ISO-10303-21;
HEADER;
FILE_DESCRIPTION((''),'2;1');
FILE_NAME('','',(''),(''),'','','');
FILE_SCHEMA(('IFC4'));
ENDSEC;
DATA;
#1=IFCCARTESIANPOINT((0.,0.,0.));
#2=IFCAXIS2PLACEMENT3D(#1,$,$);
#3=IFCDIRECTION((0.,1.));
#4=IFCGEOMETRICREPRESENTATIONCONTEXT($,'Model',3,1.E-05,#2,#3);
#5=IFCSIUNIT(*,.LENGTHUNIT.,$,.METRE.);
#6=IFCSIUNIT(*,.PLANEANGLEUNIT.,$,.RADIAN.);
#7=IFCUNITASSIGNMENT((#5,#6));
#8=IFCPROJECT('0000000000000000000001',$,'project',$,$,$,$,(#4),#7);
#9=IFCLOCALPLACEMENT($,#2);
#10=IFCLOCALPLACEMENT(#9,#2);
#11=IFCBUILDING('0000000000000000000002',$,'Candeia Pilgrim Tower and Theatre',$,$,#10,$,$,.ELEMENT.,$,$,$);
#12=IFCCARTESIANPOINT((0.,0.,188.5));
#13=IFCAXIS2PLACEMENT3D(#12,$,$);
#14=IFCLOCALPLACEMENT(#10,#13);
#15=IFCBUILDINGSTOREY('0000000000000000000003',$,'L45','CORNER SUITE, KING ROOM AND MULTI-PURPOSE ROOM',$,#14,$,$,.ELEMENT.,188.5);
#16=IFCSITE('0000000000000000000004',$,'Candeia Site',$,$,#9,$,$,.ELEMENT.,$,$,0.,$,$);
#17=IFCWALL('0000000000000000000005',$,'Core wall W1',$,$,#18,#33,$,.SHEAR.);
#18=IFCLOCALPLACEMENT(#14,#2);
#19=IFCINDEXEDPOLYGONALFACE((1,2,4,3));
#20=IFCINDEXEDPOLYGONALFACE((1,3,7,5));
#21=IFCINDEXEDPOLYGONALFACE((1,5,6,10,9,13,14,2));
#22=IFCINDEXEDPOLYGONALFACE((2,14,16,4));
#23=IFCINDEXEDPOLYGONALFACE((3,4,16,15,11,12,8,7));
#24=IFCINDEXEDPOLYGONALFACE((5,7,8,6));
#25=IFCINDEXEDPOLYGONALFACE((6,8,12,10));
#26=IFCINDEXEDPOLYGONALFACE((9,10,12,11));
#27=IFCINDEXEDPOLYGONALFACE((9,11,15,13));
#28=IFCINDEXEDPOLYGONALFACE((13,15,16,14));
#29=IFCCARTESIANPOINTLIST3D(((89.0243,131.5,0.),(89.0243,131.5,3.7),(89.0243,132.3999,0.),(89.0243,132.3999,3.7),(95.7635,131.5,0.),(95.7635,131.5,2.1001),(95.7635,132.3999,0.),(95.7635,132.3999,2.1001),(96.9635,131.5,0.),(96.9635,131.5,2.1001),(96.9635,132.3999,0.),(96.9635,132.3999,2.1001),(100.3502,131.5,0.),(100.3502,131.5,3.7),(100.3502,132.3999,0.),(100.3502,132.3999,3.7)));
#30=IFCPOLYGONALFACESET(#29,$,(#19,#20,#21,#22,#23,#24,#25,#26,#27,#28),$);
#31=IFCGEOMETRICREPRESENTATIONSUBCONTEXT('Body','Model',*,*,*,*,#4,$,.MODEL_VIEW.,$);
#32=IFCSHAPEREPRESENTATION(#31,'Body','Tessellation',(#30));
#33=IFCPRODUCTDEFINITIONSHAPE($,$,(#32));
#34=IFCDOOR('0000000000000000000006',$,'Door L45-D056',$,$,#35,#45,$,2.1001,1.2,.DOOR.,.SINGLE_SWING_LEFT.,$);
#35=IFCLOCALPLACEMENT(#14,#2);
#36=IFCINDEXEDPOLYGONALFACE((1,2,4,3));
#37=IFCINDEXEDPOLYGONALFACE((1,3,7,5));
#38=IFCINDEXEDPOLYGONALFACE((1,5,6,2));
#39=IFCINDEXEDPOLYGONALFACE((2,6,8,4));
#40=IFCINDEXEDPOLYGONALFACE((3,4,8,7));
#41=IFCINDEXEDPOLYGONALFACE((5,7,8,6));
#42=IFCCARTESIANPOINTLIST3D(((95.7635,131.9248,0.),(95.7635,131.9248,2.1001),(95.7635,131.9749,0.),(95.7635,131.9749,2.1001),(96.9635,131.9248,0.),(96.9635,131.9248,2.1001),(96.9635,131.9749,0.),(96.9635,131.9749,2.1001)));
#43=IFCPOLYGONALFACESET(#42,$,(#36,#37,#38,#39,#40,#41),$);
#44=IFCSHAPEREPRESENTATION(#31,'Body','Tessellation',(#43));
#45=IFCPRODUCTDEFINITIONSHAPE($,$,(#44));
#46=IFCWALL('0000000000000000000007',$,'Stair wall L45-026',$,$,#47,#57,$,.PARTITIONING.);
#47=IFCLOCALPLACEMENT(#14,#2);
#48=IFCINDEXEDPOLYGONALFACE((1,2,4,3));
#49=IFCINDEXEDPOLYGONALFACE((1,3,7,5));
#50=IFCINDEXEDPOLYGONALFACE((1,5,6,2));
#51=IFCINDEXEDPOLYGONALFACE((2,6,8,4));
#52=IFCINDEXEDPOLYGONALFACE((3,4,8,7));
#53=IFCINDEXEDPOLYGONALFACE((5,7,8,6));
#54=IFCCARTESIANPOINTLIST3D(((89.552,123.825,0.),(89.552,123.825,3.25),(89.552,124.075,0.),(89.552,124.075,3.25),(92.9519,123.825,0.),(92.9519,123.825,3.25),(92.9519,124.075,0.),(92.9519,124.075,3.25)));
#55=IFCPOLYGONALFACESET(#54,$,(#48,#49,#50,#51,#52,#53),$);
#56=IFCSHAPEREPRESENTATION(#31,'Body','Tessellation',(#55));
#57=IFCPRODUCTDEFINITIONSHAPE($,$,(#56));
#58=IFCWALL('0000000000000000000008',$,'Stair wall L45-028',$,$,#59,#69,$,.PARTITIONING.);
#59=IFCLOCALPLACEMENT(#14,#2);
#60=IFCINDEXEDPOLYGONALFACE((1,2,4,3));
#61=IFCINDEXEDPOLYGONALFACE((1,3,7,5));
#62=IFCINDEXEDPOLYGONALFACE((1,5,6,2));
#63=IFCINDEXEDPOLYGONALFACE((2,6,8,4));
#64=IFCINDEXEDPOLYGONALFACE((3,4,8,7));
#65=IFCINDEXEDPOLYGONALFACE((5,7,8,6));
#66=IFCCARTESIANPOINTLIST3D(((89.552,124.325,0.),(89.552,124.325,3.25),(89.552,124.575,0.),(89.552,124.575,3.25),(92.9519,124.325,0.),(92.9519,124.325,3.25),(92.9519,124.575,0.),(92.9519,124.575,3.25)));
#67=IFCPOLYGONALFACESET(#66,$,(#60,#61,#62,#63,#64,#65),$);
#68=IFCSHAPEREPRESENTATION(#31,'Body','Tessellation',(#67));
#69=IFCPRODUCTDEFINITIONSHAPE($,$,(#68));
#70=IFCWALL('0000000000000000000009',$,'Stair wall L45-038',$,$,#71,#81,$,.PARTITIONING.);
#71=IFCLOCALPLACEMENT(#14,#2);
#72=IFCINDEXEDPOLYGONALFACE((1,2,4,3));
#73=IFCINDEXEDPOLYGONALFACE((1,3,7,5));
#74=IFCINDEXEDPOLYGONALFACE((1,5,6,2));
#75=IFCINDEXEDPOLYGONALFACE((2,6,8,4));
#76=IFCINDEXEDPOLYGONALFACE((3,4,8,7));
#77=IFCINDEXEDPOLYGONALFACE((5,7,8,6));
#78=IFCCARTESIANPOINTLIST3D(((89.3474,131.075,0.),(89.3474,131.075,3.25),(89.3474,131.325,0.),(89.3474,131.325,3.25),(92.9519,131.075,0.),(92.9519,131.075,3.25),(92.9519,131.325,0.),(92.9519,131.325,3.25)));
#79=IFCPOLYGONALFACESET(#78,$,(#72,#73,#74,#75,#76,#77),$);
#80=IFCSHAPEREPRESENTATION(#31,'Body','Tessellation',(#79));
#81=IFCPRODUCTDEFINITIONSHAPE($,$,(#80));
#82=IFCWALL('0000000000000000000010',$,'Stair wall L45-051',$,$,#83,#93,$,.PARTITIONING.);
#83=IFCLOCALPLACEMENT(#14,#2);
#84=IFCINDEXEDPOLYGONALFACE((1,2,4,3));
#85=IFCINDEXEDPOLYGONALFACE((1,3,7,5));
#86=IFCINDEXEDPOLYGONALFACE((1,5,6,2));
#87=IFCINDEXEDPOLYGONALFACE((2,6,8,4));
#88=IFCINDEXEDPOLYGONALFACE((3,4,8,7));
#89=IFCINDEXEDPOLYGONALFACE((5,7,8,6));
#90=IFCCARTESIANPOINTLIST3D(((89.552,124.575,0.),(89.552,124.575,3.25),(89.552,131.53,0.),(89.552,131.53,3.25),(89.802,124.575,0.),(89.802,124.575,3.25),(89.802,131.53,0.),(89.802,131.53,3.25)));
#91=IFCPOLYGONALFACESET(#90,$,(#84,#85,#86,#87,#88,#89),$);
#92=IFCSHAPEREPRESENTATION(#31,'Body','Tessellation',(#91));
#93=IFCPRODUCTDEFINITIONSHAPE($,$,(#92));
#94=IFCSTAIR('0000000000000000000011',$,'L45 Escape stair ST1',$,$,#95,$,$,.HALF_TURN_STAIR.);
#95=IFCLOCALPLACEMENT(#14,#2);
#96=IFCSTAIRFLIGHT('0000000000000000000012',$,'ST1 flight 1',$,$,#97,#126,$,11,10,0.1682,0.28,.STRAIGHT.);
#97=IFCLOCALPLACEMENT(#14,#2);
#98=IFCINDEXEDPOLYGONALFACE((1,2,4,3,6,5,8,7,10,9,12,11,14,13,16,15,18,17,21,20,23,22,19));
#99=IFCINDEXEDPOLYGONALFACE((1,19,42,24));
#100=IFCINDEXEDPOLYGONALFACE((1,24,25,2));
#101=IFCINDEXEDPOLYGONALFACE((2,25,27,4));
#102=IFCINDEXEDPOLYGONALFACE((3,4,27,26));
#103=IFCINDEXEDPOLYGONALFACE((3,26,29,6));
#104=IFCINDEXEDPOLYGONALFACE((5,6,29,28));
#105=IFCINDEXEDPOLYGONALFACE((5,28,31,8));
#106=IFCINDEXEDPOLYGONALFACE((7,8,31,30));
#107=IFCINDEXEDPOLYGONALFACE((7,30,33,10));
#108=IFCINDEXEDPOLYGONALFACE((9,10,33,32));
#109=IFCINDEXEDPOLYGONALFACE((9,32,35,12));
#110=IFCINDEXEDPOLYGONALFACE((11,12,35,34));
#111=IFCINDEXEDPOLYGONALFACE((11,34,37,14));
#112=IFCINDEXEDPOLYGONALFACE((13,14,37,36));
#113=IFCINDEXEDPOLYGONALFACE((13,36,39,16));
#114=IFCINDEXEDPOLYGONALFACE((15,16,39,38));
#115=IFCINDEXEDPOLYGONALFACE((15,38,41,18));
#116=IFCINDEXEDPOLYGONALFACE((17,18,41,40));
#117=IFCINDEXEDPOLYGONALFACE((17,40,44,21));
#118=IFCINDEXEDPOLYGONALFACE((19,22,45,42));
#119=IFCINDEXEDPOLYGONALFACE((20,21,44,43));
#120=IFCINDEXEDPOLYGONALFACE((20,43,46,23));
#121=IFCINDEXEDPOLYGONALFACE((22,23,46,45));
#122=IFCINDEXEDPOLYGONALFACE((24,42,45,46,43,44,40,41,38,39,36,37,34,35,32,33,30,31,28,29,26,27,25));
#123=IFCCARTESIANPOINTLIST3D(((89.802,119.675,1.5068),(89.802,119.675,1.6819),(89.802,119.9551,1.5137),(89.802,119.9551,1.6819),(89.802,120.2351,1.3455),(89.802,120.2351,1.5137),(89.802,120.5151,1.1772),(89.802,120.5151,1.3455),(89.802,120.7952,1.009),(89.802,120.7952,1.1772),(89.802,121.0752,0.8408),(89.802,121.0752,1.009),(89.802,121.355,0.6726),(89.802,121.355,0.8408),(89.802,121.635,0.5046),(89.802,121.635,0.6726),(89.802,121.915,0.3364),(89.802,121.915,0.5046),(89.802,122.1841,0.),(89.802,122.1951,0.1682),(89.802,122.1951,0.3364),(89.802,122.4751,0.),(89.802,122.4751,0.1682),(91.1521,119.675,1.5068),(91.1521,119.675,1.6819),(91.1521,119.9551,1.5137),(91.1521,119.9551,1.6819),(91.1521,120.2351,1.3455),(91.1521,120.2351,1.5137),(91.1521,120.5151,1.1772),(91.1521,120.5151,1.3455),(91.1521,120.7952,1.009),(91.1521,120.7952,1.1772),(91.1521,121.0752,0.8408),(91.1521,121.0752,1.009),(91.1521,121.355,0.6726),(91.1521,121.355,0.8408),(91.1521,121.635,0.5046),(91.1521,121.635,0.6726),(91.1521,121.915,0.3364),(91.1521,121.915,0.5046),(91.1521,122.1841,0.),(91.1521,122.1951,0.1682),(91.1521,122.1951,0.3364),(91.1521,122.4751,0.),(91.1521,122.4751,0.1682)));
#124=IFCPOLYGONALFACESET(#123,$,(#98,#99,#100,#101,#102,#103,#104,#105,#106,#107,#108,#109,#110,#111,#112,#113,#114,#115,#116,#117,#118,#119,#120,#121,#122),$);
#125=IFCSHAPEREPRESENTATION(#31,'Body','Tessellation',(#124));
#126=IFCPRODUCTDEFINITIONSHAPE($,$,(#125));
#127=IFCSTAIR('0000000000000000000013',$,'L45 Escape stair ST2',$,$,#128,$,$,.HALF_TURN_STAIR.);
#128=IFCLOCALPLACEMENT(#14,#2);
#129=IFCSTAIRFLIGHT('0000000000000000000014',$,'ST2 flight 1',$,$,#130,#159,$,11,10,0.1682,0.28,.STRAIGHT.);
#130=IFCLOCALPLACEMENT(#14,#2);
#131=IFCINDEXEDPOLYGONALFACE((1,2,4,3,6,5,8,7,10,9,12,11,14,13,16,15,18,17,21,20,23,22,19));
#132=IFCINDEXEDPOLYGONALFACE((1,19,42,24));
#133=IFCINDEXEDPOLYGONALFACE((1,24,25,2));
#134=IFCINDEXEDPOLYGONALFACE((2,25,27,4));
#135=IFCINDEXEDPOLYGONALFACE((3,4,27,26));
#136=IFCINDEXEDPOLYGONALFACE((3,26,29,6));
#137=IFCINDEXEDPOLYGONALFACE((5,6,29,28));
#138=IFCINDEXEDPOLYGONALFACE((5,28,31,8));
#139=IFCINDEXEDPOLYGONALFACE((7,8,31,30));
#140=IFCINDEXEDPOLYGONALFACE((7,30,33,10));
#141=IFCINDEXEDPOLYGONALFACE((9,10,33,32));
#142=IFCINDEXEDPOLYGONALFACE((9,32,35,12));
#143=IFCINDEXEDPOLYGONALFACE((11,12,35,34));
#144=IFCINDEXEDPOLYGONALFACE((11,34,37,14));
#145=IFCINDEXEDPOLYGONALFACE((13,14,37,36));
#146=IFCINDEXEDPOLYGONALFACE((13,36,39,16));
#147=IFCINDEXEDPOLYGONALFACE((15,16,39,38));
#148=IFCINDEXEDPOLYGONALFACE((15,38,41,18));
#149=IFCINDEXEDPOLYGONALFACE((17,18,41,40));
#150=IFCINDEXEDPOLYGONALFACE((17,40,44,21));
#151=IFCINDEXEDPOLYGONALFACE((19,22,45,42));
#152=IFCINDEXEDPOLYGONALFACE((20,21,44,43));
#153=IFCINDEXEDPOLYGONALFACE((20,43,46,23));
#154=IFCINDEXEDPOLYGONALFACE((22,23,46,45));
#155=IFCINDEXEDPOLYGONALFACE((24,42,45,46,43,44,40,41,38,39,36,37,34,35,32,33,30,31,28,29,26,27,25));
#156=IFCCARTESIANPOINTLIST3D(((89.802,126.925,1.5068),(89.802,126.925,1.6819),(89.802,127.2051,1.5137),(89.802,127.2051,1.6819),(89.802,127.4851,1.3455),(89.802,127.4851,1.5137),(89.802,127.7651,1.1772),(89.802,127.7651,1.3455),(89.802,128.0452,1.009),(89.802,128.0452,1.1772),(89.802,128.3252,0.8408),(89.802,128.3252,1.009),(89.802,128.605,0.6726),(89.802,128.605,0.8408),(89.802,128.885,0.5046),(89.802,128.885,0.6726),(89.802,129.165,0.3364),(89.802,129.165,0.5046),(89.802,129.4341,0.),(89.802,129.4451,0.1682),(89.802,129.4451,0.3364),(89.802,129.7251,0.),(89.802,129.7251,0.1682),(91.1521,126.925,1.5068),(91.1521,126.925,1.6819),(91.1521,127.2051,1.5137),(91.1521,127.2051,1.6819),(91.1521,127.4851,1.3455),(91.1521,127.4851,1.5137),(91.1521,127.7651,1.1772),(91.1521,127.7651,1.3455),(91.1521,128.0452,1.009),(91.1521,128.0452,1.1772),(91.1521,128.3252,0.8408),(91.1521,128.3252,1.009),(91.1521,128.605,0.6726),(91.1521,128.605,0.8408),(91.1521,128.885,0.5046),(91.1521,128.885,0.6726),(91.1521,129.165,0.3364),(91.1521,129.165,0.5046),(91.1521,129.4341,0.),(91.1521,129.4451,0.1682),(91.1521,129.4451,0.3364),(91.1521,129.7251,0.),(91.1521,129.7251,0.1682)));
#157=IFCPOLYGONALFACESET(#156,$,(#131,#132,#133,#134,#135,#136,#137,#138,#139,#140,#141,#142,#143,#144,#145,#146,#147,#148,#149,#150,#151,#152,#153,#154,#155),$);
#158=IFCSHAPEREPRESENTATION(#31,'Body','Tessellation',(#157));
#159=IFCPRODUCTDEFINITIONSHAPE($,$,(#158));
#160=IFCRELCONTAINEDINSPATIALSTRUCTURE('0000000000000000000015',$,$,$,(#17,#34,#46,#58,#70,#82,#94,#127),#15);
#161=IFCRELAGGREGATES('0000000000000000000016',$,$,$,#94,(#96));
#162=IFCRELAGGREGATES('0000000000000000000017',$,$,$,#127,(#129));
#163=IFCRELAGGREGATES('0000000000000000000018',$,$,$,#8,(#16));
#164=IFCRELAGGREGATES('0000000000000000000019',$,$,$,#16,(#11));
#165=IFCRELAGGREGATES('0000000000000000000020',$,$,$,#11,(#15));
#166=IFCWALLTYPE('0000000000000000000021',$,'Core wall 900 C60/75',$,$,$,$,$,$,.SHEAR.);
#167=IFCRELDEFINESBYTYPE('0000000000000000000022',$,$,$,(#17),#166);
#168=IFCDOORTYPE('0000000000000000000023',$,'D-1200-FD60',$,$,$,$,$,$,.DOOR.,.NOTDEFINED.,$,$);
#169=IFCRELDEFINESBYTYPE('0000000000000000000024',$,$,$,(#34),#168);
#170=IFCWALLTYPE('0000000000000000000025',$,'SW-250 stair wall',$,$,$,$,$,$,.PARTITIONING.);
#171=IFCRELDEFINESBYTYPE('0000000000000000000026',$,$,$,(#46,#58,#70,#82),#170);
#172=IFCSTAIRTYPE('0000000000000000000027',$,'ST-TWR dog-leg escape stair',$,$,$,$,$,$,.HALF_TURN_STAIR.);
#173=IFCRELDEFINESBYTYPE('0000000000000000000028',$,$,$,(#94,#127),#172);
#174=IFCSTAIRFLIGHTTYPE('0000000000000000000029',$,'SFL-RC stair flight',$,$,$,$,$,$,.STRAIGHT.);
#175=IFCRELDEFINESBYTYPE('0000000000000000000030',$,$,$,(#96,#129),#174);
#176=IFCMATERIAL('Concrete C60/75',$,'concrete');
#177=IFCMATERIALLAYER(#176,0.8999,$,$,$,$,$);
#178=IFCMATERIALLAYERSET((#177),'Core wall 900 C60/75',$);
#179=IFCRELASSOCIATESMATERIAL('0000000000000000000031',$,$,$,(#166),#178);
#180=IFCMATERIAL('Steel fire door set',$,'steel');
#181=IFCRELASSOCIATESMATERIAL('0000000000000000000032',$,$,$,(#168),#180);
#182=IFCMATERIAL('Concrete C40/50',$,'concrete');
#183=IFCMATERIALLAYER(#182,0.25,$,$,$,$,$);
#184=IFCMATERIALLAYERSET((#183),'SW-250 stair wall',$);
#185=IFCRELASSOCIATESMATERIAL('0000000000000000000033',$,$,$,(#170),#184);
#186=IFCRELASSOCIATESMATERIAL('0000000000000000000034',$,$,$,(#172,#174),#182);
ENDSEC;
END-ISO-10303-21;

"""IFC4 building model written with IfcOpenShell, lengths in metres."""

from ifc_helpers import new_model, si_unit, direction, frame, frame_2d, origin, place, context, subcontext, project, spatial, polyline, rectangle, outline, extrude, material, layer, layer_set, type_object, element, fill, aggregate, save


model = new_model("IFC4")

# Units and contexts
model_context = context("Model", 3, precision=1e-05, world=origin(), true_north=direction((0.0, 1.0)))
body_context = subcontext(model_context, "Body", "Model", "MODEL_VIEW")
ifc_project = project(units=[si_unit("LENGTHUNIT", "METRE"), si_unit("PLANEANGLEUNIT", "RADIAN")], contexts=[model_context])

# Site, building, storey
site_placement = place(None, origin())
site = spatial("IfcSite", under=ifc_project, at=site_placement, Name="Candeia Site", CompositionType="ELEMENT", RefElevation=0.0)
building_placement = place(site_placement, origin())
building = spatial("IfcBuilding", under=site, at=building_placement, Name="Candeia Pilgrim Tower and Theatre", CompositionType="ELEMENT")
storey_placement = place(building_placement, frame((0.0, 0.0, 188.5)))
storey = spatial("IfcBuildingStorey", under=building, at=storey_placement, Name="L45", Description="CORNER SUITE, KING ROOM AND MULTI-PURPOSE ROOM", CompositionType="ELEMENT", Elevation=188.5)

# Wall, opening, door
ifc_material_1 = material(Name="Concrete C60/75", Category="concrete")
ifc_layer_1 = layer(ifc_material_1, 0.8999)
ifc_layer_set_1 = layer_set([ifc_layer_1], Name="Core wall 900 C60/75")
wall_type_1 = type_object("IfcWallType", Name="Core wall 900 C60/75", PredefinedType="SHEAR", material=ifc_layer_set_1)
wall_1_placement = place(storey_placement, frame((89.0242, 131.95, 0.0), z_axis=(0.0, 0.0, 1.0), x_axis=(1.0, 0.0, 0.0)))
wall_1 = element("IfcWall", 1, at=wall_1_placement, inside=storey, type_object=wall_type_1, Name="Core wall W1", PredefinedType="SHEAR", context=body_context, shape_type="SweptSolid", body=[
    extrude(rectangle(XDim=11.3259, YDim=0.8999, at=frame_2d((5.6631, 0.0))), origin(), (0.0, 0.0, 1.0), 3.7),
])
opening_placement = place(wall_1_placement, frame((6.7393, 0.0, 0.0)))
opening = element("IfcOpeningElement", 2, at=opening_placement, cuts=wall_1, PredefinedType="OPENING", context=body_context, shape_type="SweptSolid", body=[
    extrude(rectangle(XDim=1.2, YDim=2.1001, at=frame_2d((0.6001, 1.05))), frame((0.0, 0.46, 0.0), z_axis=(0.0, -1.0, 0.0), x_axis=(1.0, 0.0, 0.0)), (0.0, 0.0, 1.0), 0.9199),
])
ifc_material_2 = material(Name="Steel fire door set", Category="steel")
door_type = type_object("IfcDoorType", Name="D-1200-FD60", OperationType="NOTDEFINED", PredefinedType="DOOR", material=ifc_material_2)
door_placement = place(opening_placement, origin())
door = element("IfcDoor", 3, at=door_placement, inside=storey, type_object=door_type, Name="Door L45-D056", OperationType="SINGLE_SWING_LEFT", OverallHeight=2.1001, OverallWidth=1.2, PredefinedType="DOOR", context=body_context, shape_type="SweptSolid", body=[
    extrude(rectangle(XDim=1.2, YDim=2.1001, at=frame_2d((0.6001, 1.05))), frame((0.0, 0.0249, 0.0), z_axis=(0.0, -1.0, 0.0), x_axis=(1.0, 0.0, 0.0)), (0.0, 0.0, 1.0), 0.05),
])
fill(opening, door)

# Walls
ifc_material_3 = material(Name="Concrete C40/50", Category="concrete")
ifc_layer_2 = layer(ifc_material_3, 0.25)
ifc_layer_set_2 = layer_set([ifc_layer_2], Name="SW-250 stair wall")
wall_type_2 = type_object("IfcWallType", Name="SW-250 stair wall", PredefinedType="PARTITIONING", material=ifc_layer_set_2)
for number, where, z_axis, x_axis, name in (
    (4, (89.552, 123.95, 0.0), (0.0, 0.0, 1.0), (1.0, 0.0, 0.0), "Stair wall L45-026"),
    (5, (89.552, 124.45, 0.0), (0.0, 0.0, 1.0), (1.0, 0.0, 0.0), "Stair wall L45-028"),
):
    element("IfcWall", number, at=place(storey_placement, frame(where, z_axis=z_axis, x_axis=x_axis)), inside=storey, type_object=wall_type_2, Name=name, PredefinedType="PARTITIONING", context=body_context, shape_type="SweptSolid", body=[
        extrude(rectangle(XDim=3.3999, YDim=0.25, at=frame_2d((1.7, 0.0))), origin(), (0.0, 0.0, 1.0), 3.25),
    ])
wall_2_placement = place(storey_placement, frame((89.3474, 131.2, 0.0), z_axis=(0.0, 0.0, 1.0), x_axis=(1.0, 0.0, 0.0)))
element("IfcWall", 6, at=wall_2_placement, inside=storey, type_object=wall_type_2, Name="Stair wall L45-038", PredefinedType="PARTITIONING", context=body_context, shape_type="SweptSolid", body=[
    extrude(rectangle(XDim=3.6045, YDim=0.25, at=frame_2d((1.8022, 0.0))), origin(), (0.0, 0.0, 1.0), 3.25),
])
wall_3_placement = place(storey_placement, frame((89.677, 124.575, 0.0), z_axis=(0.0, 0.0, 1.0), x_axis=(0.0, 1.0, 0.0)))
element("IfcWall", 7, at=wall_3_placement, inside=storey, type_object=wall_type_2, Name="Stair wall L45-051", PredefinedType="PARTITIONING", context=body_context, shape_type="SweptSolid", body=[
    extrude(rectangle(XDim=6.9551, YDim=0.25, at=frame_2d((3.4775, 0.0))), origin(), (0.0, 0.0, 1.0), 3.25),
])

# Stair, stair flight
stair_type = type_object("IfcStairType", Name="ST-TWR dog-leg escape stair", PredefinedType="HALF_TURN_STAIR", material=ifc_material_3)
stair_1_placement = place(storey_placement, origin())
stair_1 = element("IfcStair", 8, at=stair_1_placement, inside=storey, type_object=stair_type, Name="L45 Escape stair ST1", PredefinedType="HALF_TURN_STAIR")
stair_flight_type = type_object("IfcStairFlightType", Name="SFL-RC stair flight", PredefinedType="STRAIGHT", material=ifc_material_3)
stair_flight_1_placement = place(storey_placement, frame((90.4771, 122.4751, 0.0), z_axis=(0.0, 0.0, 1.0), x_axis=(0.0, -1.0, 0.0)))
stair_flight_1 = element("IfcStairFlight", 9, at=stair_flight_1_placement, type_object=stair_flight_type, Name="ST1 flight 1", NumberOfRisers=11, NumberOfTreads=10, PredefinedType="STRAIGHT", RiserHeight=0.1682, TreadLength=0.28, context=body_context, shape_type="SweptSolid", body=[
    extrude(outline(polyline([(0.0, 0.0), (0.0, 0.1682), (0.28, 0.1682), (0.28, 0.3364), (0.5601, 0.3364), (0.5601, 0.5046), (0.8401, 0.5046), (0.8401, 0.6726), (1.1201, 0.6726), (1.1201, 0.8408), (1.3999, 0.8408), (1.3999, 1.009), (1.6799, 1.009), (1.6799, 1.1772), (1.96, 1.1772), (1.96, 1.3455), (2.24, 1.3455), (2.24, 1.5137), (2.52, 1.5137), (2.52, 1.6819), (2.8, 1.6819), (2.8, 1.8501), (2.8, 1.5068), (0.291, 0.0), (0.0, 0.0)])), frame((0.0, 0.675, 0.0), z_axis=(0.0, -1.0, 0.0), x_axis=(1.0, 0.0, 0.0)), (0.0, 0.0, 1.0), 1.3501),
])
aggregate(stair_1, [stair_flight_1])

# Stair, stair flight
stair_2_placement = place(storey_placement, origin())
stair_2 = element("IfcStair", 10, at=stair_2_placement, inside=storey, type_object=stair_type, Name="L45 Escape stair ST2", PredefinedType="HALF_TURN_STAIR")
stair_flight_2_placement = place(storey_placement, frame((90.4771, 129.7251, 0.0), z_axis=(0.0, 0.0, 1.0), x_axis=(0.0, -1.0, 0.0)))
stair_flight_2 = element("IfcStairFlight", 11, at=stair_flight_2_placement, type_object=stair_flight_type, Name="ST2 flight 1", NumberOfRisers=11, NumberOfTreads=10, PredefinedType="STRAIGHT", RiserHeight=0.1682, TreadLength=0.28, context=body_context, shape_type="SweptSolid", body=[
    extrude(outline(polyline([(0.0, 0.0), (0.0, 0.1682), (0.28, 0.1682), (0.28, 0.3364), (0.5601, 0.3364), (0.5601, 0.5046), (0.8401, 0.5046), (0.8401, 0.6726), (1.1201, 0.6726), (1.1201, 0.8408), (1.3999, 0.8408), (1.3999, 1.009), (1.6799, 1.009), (1.6799, 1.1772), (1.96, 1.1772), (1.96, 1.3455), (2.24, 1.3455), (2.24, 1.5137), (2.52, 1.5137), (2.52, 1.6819), (2.8, 1.6819), (2.8, 1.8501), (2.8, 1.5068), (0.291, 0.0), (0.0, 0.0)])), frame((0.0, 0.675, 0.0), z_axis=(0.0, -1.0, 0.0), x_axis=(1.0, 0.0, 0.0)), (0.0, 0.0, 1.0), 1.3501),
])
aggregate(stair_2, [stair_flight_2])

save(model, "model.ifc")
